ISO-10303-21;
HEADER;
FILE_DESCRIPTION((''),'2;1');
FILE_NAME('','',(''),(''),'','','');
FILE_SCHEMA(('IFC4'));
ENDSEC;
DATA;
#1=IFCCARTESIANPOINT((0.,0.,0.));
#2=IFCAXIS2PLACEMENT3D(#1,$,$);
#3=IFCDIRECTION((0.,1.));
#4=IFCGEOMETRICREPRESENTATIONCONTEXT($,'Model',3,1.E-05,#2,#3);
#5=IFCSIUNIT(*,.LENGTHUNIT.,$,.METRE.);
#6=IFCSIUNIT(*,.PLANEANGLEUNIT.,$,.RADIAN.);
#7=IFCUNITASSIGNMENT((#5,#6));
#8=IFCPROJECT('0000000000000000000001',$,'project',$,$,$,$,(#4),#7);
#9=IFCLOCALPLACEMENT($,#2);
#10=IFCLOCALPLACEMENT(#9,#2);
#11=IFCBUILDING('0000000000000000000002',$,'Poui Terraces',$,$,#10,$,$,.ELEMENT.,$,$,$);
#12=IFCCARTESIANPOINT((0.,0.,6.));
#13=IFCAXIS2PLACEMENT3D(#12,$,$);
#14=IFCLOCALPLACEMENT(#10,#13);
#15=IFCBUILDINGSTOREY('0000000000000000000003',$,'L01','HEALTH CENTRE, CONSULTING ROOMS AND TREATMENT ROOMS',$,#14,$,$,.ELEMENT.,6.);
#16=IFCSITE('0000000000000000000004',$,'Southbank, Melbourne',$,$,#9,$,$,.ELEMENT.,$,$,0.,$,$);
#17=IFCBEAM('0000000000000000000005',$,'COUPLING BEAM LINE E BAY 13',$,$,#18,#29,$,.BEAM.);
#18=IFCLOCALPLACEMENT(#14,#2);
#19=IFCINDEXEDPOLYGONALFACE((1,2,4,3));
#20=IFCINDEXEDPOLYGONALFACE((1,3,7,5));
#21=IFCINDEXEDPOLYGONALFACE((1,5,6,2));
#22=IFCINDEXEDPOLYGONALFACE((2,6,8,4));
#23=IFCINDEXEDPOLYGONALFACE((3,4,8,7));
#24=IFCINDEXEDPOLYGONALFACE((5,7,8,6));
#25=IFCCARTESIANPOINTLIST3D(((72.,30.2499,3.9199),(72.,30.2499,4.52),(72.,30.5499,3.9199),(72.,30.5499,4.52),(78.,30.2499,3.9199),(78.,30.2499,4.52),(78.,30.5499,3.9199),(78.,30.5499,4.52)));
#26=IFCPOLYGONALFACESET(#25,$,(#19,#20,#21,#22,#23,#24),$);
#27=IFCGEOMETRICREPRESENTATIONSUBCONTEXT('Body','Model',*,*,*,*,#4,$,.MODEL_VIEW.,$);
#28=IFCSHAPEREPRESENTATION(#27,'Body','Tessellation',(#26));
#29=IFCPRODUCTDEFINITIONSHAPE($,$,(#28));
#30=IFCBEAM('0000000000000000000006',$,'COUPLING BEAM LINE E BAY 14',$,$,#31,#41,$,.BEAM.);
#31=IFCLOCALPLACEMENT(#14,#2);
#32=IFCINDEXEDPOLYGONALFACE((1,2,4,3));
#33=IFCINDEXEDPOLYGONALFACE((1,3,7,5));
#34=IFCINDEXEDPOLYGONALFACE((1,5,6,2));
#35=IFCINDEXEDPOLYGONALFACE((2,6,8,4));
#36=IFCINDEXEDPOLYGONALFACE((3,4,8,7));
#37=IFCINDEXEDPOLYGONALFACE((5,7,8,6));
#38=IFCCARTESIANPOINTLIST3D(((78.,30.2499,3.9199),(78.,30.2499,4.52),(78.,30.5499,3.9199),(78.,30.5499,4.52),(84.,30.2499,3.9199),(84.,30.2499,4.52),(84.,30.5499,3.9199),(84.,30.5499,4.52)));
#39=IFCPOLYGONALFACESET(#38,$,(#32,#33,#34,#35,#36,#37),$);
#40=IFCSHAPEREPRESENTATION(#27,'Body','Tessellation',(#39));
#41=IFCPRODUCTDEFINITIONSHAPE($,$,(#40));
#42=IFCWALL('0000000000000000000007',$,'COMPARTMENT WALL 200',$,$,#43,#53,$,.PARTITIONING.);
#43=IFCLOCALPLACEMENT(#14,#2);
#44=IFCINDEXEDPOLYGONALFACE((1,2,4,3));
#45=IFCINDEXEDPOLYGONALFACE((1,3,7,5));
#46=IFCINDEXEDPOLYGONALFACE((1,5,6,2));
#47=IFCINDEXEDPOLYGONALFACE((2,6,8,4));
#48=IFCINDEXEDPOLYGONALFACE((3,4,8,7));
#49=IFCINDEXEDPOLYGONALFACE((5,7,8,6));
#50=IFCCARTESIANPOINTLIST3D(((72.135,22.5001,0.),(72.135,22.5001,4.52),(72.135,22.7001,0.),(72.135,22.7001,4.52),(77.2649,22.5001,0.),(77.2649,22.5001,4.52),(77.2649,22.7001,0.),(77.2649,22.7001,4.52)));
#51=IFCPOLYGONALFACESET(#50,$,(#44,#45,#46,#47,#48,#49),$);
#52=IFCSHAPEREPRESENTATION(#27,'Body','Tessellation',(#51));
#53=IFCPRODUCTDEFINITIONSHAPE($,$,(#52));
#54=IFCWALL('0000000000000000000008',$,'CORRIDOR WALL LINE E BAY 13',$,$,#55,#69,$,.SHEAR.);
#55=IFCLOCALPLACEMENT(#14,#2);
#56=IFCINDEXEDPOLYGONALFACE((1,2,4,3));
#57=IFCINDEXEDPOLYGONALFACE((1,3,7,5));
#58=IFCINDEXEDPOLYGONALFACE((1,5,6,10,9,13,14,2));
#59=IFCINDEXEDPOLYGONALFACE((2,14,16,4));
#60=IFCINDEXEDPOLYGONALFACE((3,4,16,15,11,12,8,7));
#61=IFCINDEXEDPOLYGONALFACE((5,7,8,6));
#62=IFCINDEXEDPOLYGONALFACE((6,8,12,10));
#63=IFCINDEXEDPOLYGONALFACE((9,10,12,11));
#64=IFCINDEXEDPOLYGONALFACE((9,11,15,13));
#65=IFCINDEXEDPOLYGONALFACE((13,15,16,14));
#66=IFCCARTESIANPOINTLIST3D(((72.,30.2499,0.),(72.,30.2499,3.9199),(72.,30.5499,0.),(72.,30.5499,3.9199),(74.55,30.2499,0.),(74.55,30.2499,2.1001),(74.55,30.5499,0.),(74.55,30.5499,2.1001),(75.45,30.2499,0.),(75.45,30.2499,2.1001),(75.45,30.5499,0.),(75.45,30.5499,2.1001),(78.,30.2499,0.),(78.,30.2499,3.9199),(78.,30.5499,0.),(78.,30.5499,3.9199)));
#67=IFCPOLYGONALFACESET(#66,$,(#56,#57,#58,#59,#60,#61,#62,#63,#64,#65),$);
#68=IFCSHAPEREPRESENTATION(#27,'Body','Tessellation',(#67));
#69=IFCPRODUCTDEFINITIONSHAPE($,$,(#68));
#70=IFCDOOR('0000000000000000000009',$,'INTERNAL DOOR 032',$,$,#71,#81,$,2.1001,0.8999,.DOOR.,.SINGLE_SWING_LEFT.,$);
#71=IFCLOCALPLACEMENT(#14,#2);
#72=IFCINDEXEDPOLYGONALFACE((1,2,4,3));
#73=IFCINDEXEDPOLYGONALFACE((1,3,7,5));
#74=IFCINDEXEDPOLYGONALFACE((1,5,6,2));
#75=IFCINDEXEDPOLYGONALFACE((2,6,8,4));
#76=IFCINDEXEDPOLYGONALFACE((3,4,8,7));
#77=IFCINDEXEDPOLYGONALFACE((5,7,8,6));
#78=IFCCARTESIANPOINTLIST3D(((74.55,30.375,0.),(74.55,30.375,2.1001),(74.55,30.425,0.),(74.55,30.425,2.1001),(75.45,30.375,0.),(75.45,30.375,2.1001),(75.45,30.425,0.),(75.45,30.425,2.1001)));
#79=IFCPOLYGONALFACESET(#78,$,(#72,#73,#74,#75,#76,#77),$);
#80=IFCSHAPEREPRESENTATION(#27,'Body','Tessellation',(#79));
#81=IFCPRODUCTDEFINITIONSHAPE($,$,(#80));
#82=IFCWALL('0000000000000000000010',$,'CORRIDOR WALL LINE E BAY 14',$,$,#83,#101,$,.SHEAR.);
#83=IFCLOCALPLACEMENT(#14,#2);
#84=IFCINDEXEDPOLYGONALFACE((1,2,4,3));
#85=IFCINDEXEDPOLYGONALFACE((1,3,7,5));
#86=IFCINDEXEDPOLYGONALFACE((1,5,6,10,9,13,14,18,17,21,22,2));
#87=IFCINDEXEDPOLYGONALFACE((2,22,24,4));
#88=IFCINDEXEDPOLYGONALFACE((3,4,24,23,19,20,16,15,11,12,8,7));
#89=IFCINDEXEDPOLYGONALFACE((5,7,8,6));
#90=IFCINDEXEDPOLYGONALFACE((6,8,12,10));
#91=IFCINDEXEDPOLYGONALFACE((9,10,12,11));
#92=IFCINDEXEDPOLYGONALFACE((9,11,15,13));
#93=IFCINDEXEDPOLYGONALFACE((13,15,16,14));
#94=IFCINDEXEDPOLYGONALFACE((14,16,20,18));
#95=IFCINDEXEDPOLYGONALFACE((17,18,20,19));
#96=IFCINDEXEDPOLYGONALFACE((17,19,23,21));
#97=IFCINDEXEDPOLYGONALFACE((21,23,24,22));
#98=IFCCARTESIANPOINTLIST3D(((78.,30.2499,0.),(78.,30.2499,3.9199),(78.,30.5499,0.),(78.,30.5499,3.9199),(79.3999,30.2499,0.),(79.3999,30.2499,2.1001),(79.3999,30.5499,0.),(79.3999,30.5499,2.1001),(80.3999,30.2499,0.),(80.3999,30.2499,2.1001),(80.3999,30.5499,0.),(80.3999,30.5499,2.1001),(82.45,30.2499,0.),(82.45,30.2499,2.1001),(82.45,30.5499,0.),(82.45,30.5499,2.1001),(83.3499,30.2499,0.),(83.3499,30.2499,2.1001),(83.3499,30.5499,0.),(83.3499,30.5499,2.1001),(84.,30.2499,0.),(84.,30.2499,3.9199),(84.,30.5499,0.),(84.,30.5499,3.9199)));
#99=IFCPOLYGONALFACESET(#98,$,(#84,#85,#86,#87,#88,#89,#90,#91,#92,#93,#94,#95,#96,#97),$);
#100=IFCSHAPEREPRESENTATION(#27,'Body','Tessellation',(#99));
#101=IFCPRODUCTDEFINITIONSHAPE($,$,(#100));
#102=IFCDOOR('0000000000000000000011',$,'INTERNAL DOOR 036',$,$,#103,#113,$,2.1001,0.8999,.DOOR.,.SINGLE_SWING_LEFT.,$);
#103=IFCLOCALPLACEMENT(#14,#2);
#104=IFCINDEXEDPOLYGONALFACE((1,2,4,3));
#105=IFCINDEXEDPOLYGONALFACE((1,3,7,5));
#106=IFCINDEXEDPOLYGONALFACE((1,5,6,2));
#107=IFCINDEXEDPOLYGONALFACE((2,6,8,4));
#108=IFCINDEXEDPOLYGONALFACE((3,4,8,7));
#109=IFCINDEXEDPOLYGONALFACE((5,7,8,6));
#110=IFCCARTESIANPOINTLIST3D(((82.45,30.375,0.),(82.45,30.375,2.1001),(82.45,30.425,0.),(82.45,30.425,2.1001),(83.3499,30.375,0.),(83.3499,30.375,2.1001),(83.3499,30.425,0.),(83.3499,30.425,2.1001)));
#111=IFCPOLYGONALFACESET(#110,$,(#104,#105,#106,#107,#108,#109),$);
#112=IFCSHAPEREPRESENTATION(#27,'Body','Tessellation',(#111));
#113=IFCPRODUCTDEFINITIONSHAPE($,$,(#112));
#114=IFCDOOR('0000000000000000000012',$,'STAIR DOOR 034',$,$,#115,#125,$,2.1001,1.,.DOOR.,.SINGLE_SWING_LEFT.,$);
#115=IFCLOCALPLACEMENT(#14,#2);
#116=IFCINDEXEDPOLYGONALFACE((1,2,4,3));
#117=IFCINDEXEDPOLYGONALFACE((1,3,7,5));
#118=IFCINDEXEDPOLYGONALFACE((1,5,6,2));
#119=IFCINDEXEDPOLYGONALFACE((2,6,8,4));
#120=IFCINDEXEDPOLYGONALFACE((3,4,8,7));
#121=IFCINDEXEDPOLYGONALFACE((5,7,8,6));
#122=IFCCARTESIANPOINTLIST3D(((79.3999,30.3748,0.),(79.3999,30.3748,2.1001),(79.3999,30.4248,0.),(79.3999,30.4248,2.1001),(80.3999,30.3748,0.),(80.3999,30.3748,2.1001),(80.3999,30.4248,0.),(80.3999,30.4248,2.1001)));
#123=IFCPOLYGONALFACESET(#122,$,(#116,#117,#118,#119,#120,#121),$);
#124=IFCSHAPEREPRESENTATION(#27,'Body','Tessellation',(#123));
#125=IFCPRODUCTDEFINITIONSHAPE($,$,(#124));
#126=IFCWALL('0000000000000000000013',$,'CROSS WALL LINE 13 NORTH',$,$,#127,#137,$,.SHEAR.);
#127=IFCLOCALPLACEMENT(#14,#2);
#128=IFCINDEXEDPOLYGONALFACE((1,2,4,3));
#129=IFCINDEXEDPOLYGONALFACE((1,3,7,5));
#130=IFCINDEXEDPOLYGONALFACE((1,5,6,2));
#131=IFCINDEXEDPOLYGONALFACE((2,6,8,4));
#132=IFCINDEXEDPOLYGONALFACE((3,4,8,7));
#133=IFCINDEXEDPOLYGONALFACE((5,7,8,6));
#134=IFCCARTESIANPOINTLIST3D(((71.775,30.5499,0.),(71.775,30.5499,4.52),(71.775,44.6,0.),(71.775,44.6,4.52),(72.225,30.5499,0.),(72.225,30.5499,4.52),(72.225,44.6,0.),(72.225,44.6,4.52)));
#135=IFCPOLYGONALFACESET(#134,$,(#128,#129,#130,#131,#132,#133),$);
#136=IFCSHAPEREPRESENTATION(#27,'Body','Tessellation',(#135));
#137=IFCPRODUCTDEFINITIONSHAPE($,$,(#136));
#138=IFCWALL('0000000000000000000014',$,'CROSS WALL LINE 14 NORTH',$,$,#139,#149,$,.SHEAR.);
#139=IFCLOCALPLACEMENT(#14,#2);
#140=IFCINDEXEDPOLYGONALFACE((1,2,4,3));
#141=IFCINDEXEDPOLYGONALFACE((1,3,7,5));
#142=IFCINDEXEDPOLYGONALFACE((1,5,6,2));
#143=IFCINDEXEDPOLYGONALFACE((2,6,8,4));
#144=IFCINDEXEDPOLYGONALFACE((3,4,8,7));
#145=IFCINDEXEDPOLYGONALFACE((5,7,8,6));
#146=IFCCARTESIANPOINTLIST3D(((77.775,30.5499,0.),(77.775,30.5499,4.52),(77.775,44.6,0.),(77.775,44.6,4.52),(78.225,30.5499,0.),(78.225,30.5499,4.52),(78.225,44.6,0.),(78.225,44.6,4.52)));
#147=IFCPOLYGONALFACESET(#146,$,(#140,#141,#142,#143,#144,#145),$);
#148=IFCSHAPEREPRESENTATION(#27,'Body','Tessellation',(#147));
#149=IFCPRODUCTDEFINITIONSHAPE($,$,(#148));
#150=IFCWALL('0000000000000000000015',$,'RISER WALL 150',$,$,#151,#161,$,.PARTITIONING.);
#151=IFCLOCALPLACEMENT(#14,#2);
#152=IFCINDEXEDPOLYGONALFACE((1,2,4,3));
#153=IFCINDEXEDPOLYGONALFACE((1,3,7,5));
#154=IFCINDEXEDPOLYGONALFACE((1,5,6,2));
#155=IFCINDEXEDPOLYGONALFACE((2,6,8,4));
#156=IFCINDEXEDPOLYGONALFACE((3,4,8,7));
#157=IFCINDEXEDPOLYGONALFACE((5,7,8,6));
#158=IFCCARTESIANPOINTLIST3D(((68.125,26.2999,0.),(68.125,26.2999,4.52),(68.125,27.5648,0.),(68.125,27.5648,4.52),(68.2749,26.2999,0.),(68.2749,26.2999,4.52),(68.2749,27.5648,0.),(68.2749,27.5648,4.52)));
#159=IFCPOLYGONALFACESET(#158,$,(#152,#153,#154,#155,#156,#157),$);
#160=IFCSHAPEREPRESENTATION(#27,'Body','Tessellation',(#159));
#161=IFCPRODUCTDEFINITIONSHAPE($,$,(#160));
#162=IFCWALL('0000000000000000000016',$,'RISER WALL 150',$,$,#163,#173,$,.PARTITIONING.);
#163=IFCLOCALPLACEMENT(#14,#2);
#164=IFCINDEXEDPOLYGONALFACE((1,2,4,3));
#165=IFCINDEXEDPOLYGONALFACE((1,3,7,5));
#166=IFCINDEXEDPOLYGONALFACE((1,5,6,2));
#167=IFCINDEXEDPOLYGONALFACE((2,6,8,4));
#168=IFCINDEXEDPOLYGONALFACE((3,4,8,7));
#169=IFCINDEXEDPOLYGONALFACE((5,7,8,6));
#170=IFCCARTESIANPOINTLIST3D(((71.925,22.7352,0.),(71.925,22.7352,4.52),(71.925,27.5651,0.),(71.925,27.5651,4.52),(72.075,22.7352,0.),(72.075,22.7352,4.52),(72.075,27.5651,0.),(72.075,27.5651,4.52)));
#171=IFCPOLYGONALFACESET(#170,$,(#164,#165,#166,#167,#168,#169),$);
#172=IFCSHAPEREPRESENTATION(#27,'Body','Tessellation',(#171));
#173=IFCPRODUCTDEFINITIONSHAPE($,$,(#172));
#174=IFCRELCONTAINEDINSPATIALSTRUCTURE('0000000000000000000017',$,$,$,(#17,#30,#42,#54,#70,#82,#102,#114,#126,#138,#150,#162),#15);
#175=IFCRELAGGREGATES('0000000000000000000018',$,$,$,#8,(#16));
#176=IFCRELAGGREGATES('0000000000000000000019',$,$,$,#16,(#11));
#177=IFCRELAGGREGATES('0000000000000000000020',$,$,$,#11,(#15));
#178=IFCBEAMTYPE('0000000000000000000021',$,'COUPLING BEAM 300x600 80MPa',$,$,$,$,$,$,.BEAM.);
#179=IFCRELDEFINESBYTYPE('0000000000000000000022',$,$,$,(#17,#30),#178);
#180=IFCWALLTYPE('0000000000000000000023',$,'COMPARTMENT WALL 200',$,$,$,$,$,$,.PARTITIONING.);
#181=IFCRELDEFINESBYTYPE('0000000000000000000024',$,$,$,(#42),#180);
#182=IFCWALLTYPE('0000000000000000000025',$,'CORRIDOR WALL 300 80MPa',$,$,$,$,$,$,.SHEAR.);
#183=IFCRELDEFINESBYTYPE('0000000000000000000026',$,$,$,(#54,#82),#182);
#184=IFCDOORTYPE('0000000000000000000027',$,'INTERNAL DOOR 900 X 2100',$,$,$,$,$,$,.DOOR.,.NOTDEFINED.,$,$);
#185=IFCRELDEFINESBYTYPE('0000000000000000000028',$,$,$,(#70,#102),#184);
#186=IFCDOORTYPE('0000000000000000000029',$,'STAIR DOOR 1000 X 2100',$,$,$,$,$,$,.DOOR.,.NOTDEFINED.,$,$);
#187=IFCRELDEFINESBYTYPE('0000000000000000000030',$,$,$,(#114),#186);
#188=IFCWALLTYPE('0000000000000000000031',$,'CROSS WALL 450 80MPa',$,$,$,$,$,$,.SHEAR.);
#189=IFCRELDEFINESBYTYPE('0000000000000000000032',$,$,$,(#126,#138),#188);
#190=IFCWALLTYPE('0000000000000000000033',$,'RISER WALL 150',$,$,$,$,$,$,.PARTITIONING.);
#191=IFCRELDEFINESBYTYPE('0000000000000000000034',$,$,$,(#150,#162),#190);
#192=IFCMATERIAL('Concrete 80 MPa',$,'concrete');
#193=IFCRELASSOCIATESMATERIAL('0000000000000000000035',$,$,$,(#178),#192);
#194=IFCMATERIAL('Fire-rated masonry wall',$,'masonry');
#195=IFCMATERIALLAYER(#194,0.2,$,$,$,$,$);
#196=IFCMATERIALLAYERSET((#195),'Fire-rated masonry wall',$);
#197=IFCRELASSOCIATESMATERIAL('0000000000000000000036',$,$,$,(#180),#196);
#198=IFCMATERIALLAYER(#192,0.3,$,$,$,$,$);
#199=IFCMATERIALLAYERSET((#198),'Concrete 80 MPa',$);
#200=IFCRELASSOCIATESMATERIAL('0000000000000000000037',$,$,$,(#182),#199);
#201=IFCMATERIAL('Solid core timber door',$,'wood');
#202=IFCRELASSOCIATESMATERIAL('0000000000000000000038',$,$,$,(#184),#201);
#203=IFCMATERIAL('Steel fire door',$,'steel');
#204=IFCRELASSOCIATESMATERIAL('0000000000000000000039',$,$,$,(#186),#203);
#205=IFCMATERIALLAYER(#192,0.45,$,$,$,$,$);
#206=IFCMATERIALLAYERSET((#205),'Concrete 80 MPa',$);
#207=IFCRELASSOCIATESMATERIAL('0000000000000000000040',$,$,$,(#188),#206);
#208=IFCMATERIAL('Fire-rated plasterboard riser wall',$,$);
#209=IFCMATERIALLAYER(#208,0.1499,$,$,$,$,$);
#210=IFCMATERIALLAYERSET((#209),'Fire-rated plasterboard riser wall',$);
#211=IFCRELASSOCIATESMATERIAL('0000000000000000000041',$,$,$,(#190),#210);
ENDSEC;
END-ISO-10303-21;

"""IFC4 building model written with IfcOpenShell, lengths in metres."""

from ifc_helpers import new_model, si_unit, direction, frame, frame_2d, origin, origin_2d, place, context, subcontext, project, spatial, rectangle, extrude, source, transform, mapped, material, layer, layer_set, material_profile, profile_set, type_object, element, fill, save


model = new_model("IFC4")

# Units and contexts
model_context = context("Model", 3, precision=1e-05, world=origin(), true_north=direction((0.0, 1.0)))
body_context = subcontext(model_context, "Body", "Model", "MODEL_VIEW")
ifc_project = project(units=[si_unit("LENGTHUNIT", "METRE"), si_unit("PLANEANGLEUNIT", "RADIAN")], contexts=[model_context])

# Site, building, storey
site_placement = place(None, origin())
site = spatial("IfcSite", under=ifc_project, at=site_placement, Name="Southbank, Melbourne", CompositionType="ELEMENT", RefElevation=0.0)
building_placement = place(site_placement, origin())
building = spatial("IfcBuilding", under=site, at=building_placement, Name="Poui Terraces", CompositionType="ELEMENT")
storey_placement = place(building_placement, frame((0.0, 0.0, 6.0)))
storey = spatial("IfcBuildingStorey", under=building, at=storey_placement, Name="L01", Description="HEALTH CENTRE, CONSULTING ROOMS AND TREATMENT ROOMS", CompositionType="ELEMENT", Elevation=6.0)

# Beams
ifc_material_1 = material(Name="Concrete 80 MPa", Category="concrete")
ifc_material_profile = material_profile(ifc_material_1, rectangle(XDim=0.3, YDim=0.6001, at=origin_2d()), Name="RC 300x600")
ifc_profile_set = profile_set([ifc_material_profile], Name="Concrete 80 MPa")
beam_type = type_object("IfcBeamType", Name="COUPLING BEAM 300x600 80MPa", PredefinedType="BEAM", material=ifc_profile_set)
shared_shape = source(origin(), body_context, "Body", "SweptSolid", [
    extrude(rectangle(XDim=0.3, YDim=0.6001, at=origin_2d()), origin(), (0.0, 0.0, 1.0), 6.0),
])
for number, where, z_axis, x_axis, name in (
    (1, (72.0, 30.3999, 4.22), (1.0, 0.0, 0.0), (0.0, 1.0, 0.0), "COUPLING BEAM LINE E BAY 13"),
    (2, (78.0, 30.3999, 4.22), (1.0, 0.0, 0.0), (0.0, 1.0, 0.0), "COUPLING BEAM LINE E BAY 14"),
):
    element("IfcBeam", number, at=place(storey_placement, frame(where, z_axis=z_axis, x_axis=x_axis)), inside=storey, type_object=beam_type, Name=name, PredefinedType="BEAM", context=body_context, shape_type="MappedRepresentation", body=[
        mapped(shared_shape, transform((0.0, 0.0, 0.0))),
    ])

# Wall
ifc_material_2 = material(Name="Fire-rated masonry wall", Category="masonry")
ifc_layer_1 = layer(ifc_material_2, 0.2)
ifc_layer_set_1 = layer_set([ifc_layer_1], Name="Fire-rated masonry wall")
wall_type_1 = type_object("IfcWallType", Name="COMPARTMENT WALL 200", PredefinedType="PARTITIONING", material=ifc_layer_set_1)
wall_1_placement = place(storey_placement, frame((72.135, 22.6001, 0.0), z_axis=(0.0, 0.0, 1.0), x_axis=(1.0, 0.0, 0.0)))
element("IfcWall", 3, at=wall_1_placement, inside=storey, type_object=wall_type_1, Name="COMPARTMENT WALL 200", PredefinedType="PARTITIONING", context=body_context, shape_type="SweptSolid", body=[
    extrude(rectangle(XDim=5.1299, YDim=0.2, at=frame_2d((2.5649, 0.0))), origin(), (0.0, 0.0, 1.0), 4.52),
])

# Wall, opening, door
ifc_layer_2 = layer(ifc_material_1, 0.3)
ifc_layer_set_2 = layer_set([ifc_layer_2], Name="Concrete 80 MPa")
wall_type_2 = type_object("IfcWallType", Name="CORRIDOR WALL 300 80MPa", PredefinedType="SHEAR", material=ifc_layer_set_2)
wall_2_placement = place(storey_placement, frame((72.0, 30.3999, 0.0), z_axis=(0.0, 0.0, 1.0), x_axis=(1.0, 0.0, 0.0)))
wall_2 = element("IfcWall", 4, at=wall_2_placement, inside=storey, type_object=wall_type_2, Name="CORRIDOR WALL LINE E BAY 13", PredefinedType="SHEAR", context=body_context, shape_type="SweptSolid", body=[
    extrude(rectangle(XDim=6.0, YDim=0.3, at=frame_2d((3.0, 0.0))), origin(), (0.0, 0.0, 1.0), 3.9199),
])
opening_1_placement = place(wall_2_placement, frame((2.55, 0.0, 0.0)))
opening_1 = element("IfcOpeningElement", 5, at=opening_1_placement, cuts=wall_2, PredefinedType="OPENING", context=body_context, shape_type="SweptSolid", body=[
    extrude(rectangle(XDim=0.8999, YDim=2.1001, at=frame_2d((0.45, 1.05))), frame((0.0, 0.1602, 0.0), z_axis=(0.0, -1.0, 0.0), x_axis=(1.0, 0.0, 0.0)), (0.0, 0.0, 1.0), 0.3201),
])
ifc_material_3 = material(Name="Solid core timber door", Category="wood")
door_type_1 = type_object("IfcDoorType", Name="INTERNAL DOOR 900 X 2100", OperationType="NOTDEFINED", PredefinedType="DOOR", material=ifc_material_3)
door_1_placement = place(opening_1_placement, frame((0.8999, 0.0, 0.0), z_axis=(0.0, 0.0, 1.0), x_axis=(-1.0, 0.0, 0.0)))
door_1 = element("IfcDoor", 6, at=door_1_placement, inside=storey, type_object=door_type_1, Name="INTERNAL DOOR 032", OperationType="SINGLE_SWING_LEFT", OverallHeight=2.1001, OverallWidth=0.8999, PredefinedType="DOOR", context=body_context, shape_type="SweptSolid", body=[
    extrude(rectangle(XDim=0.8999, YDim=2.1001, at=frame_2d((0.45, 1.05))), frame((0.0, 0.0249, 0.0), z_axis=(0.0, -1.0, 0.0), x_axis=(1.0, 0.0, 0.0)), (0.0, 0.0, 1.0), 0.05),
])
fill(opening_1, door_1)

# Wall, openings, doors
wall_3_placement = place(storey_placement, frame((78.0, 30.3999, 0.0), z_axis=(0.0, 0.0, 1.0), x_axis=(1.0, 0.0, 0.0)))
wall_3 = element("IfcWall", 7, at=wall_3_placement, inside=storey, type_object=wall_type_2, Name="CORRIDOR WALL LINE E BAY 14", PredefinedType="SHEAR", context=body_context, shape_type="SweptSolid", body=[
    extrude(rectangle(XDim=6.0, YDim=0.3, at=frame_2d((3.0, 0.0))), origin(), (0.0, 0.0, 1.0), 3.9199),
])
opening_2_placement = place(wall_3_placement, frame((1.3999, 0.0, 0.0)))
opening_2 = element("IfcOpeningElement", 8, at=opening_2_placement, cuts=wall_3, PredefinedType="OPENING", context=body_context, shape_type="SweptSolid", body=[
    extrude(rectangle(XDim=1.0, YDim=2.1001, at=frame_2d((0.5, 1.05))), frame((0.0, 0.1602, 0.0), z_axis=(0.0, -1.0, 0.0), x_axis=(1.0, 0.0, 0.0)), (0.0, 0.0, 1.0), 0.3201),
])
opening_3_placement = place(wall_3_placement, frame((4.45, 0.0, 0.0)))
opening_3 = element("IfcOpeningElement", 9, at=opening_3_placement, cuts=wall_3, PredefinedType="OPENING", context=body_context, shape_type="SweptSolid", body=[
    extrude(rectangle(XDim=0.8999, YDim=2.1001, at=frame_2d((0.45, 1.05))), frame((0.0, 0.1602, 0.0), z_axis=(0.0, -1.0, 0.0), x_axis=(1.0, 0.0, 0.0)), (0.0, 0.0, 1.0), 0.3201),
])
door_2_placement = place(opening_3_placement, frame((0.8999, 0.0, 0.0), z_axis=(0.0, 0.0, 1.0), x_axis=(-1.0, 0.0, 0.0)))
door_2 = element("IfcDoor", 10, at=door_2_placement, inside=storey, type_object=door_type_1, Name="INTERNAL DOOR 036", OperationType="SINGLE_SWING_LEFT", OverallHeight=2.1001, OverallWidth=0.8999, PredefinedType="DOOR", context=body_context, shape_type="SweptSolid", body=[
    extrude(rectangle(XDim=0.8999, YDim=2.1001, at=frame_2d((0.45, 1.05))), frame((0.0, 0.0249, 0.0), z_axis=(0.0, -1.0, 0.0), x_axis=(1.0, 0.0, 0.0)), (0.0, 0.0, 1.0), 0.05),
])
fill(opening_3, door_2)
ifc_material_4 = material(Name="Steel fire door", Category="steel")
door_type_2 = type_object("IfcDoorType", Name="STAIR DOOR 1000 X 2100", OperationType="NOTDEFINED", PredefinedType="DOOR", material=ifc_material_4)
door_3_placement = place(opening_2_placement, origin())
door_3 = element("IfcDoor", 11, at=door_3_placement, inside=storey, type_object=door_type_2, Name="STAIR DOOR 034", OperationType="SINGLE_SWING_LEFT", OverallHeight=2.1001, OverallWidth=1.0, PredefinedType="DOOR", context=body_context, shape_type="SweptSolid", body=[
    extrude(rectangle(XDim=1.0, YDim=2.1001, at=frame_2d((0.5, 1.05))), frame((0.0, 0.0249, 0.0), z_axis=(0.0, -1.0, 0.0), x_axis=(1.0, 0.0, 0.0)), (0.0, 0.0, 1.0), 0.05),
])
fill(opening_2, door_3)

# Walls
ifc_layer_3 = layer(ifc_material_1, 0.45)
ifc_layer_set_3 = layer_set([ifc_layer_3], Name="Concrete 80 MPa")
wall_type_3 = type_object("IfcWallType", Name="CROSS WALL 450 80MPa", PredefinedType="SHEAR", material=ifc_layer_set_3)
for number, where, z_axis, x_axis, name in (
    (12, (72.0, 30.55, 0.0), (0.0, 0.0, 1.0), (0.0, 1.0, 0.0), "CROSS WALL LINE 13 NORTH"),
    (13, (78.0, 30.55, 0.0), (0.0, 0.0, 1.0), (0.0, 1.0, 0.0), "CROSS WALL LINE 14 NORTH"),
):
    element("IfcWall", number, at=place(storey_placement, frame(where, z_axis=z_axis, x_axis=x_axis)), inside=storey, type_object=wall_type_3, Name=name, PredefinedType="SHEAR", context=body_context, shape_type="SweptSolid", body=[
        extrude(rectangle(XDim=14.05, YDim=0.45, at=frame_2d((7.0249, 0.0))), origin(), (0.0, 0.0, 1.0), 4.52),
    ])
ifc_material_5 = material(Name="Fire-rated plasterboard riser wall")
ifc_layer_4 = layer(ifc_material_5, 0.1499)
ifc_layer_set_4 = layer_set([ifc_layer_4], Name="Fire-rated plasterboard riser wall")
wall_type_4 = type_object("IfcWallType", Name="RISER WALL 150", PredefinedType="PARTITIONING", material=ifc_layer_set_4)
wall_4_placement = place(storey_placement, frame((68.2, 26.3, 0.0), z_axis=(0.0, 0.0, 1.0), x_axis=(0.0, 1.0, 0.0)))
element("IfcWall", 14, at=wall_4_placement, inside=storey, type_object=wall_type_4, Name="RISER WALL 150", PredefinedType="PARTITIONING", context=body_context, shape_type="SweptSolid", body=[
    extrude(rectangle(XDim=1.2649, YDim=0.1499, at=frame_2d((0.6323, 0.0))), origin(), (0.0, 0.0, 1.0), 4.52),
])
for number, where, z_axis, x_axis, name in (
    (15, (72.0, 22.7351, 0.0), (0.0, 0.0, 1.0), (0.0, 1.0, 0.0), "RISER WALL 150"),
):
    element("IfcWall", number, at=place(storey_placement, frame(where, z_axis=z_axis, x_axis=x_axis)), inside=storey, type_object=wall_type_4, Name=name, PredefinedType="PARTITIONING", context=body_context, shape_type="SweptSolid", body=[
        extrude(rectangle(XDim=4.8298, YDim=0.1499, at=frame_2d((2.415, 0.0))), origin(), (0.0, 0.0, 1.0), 4.52),
    ])

save(model, "model.ifc")
